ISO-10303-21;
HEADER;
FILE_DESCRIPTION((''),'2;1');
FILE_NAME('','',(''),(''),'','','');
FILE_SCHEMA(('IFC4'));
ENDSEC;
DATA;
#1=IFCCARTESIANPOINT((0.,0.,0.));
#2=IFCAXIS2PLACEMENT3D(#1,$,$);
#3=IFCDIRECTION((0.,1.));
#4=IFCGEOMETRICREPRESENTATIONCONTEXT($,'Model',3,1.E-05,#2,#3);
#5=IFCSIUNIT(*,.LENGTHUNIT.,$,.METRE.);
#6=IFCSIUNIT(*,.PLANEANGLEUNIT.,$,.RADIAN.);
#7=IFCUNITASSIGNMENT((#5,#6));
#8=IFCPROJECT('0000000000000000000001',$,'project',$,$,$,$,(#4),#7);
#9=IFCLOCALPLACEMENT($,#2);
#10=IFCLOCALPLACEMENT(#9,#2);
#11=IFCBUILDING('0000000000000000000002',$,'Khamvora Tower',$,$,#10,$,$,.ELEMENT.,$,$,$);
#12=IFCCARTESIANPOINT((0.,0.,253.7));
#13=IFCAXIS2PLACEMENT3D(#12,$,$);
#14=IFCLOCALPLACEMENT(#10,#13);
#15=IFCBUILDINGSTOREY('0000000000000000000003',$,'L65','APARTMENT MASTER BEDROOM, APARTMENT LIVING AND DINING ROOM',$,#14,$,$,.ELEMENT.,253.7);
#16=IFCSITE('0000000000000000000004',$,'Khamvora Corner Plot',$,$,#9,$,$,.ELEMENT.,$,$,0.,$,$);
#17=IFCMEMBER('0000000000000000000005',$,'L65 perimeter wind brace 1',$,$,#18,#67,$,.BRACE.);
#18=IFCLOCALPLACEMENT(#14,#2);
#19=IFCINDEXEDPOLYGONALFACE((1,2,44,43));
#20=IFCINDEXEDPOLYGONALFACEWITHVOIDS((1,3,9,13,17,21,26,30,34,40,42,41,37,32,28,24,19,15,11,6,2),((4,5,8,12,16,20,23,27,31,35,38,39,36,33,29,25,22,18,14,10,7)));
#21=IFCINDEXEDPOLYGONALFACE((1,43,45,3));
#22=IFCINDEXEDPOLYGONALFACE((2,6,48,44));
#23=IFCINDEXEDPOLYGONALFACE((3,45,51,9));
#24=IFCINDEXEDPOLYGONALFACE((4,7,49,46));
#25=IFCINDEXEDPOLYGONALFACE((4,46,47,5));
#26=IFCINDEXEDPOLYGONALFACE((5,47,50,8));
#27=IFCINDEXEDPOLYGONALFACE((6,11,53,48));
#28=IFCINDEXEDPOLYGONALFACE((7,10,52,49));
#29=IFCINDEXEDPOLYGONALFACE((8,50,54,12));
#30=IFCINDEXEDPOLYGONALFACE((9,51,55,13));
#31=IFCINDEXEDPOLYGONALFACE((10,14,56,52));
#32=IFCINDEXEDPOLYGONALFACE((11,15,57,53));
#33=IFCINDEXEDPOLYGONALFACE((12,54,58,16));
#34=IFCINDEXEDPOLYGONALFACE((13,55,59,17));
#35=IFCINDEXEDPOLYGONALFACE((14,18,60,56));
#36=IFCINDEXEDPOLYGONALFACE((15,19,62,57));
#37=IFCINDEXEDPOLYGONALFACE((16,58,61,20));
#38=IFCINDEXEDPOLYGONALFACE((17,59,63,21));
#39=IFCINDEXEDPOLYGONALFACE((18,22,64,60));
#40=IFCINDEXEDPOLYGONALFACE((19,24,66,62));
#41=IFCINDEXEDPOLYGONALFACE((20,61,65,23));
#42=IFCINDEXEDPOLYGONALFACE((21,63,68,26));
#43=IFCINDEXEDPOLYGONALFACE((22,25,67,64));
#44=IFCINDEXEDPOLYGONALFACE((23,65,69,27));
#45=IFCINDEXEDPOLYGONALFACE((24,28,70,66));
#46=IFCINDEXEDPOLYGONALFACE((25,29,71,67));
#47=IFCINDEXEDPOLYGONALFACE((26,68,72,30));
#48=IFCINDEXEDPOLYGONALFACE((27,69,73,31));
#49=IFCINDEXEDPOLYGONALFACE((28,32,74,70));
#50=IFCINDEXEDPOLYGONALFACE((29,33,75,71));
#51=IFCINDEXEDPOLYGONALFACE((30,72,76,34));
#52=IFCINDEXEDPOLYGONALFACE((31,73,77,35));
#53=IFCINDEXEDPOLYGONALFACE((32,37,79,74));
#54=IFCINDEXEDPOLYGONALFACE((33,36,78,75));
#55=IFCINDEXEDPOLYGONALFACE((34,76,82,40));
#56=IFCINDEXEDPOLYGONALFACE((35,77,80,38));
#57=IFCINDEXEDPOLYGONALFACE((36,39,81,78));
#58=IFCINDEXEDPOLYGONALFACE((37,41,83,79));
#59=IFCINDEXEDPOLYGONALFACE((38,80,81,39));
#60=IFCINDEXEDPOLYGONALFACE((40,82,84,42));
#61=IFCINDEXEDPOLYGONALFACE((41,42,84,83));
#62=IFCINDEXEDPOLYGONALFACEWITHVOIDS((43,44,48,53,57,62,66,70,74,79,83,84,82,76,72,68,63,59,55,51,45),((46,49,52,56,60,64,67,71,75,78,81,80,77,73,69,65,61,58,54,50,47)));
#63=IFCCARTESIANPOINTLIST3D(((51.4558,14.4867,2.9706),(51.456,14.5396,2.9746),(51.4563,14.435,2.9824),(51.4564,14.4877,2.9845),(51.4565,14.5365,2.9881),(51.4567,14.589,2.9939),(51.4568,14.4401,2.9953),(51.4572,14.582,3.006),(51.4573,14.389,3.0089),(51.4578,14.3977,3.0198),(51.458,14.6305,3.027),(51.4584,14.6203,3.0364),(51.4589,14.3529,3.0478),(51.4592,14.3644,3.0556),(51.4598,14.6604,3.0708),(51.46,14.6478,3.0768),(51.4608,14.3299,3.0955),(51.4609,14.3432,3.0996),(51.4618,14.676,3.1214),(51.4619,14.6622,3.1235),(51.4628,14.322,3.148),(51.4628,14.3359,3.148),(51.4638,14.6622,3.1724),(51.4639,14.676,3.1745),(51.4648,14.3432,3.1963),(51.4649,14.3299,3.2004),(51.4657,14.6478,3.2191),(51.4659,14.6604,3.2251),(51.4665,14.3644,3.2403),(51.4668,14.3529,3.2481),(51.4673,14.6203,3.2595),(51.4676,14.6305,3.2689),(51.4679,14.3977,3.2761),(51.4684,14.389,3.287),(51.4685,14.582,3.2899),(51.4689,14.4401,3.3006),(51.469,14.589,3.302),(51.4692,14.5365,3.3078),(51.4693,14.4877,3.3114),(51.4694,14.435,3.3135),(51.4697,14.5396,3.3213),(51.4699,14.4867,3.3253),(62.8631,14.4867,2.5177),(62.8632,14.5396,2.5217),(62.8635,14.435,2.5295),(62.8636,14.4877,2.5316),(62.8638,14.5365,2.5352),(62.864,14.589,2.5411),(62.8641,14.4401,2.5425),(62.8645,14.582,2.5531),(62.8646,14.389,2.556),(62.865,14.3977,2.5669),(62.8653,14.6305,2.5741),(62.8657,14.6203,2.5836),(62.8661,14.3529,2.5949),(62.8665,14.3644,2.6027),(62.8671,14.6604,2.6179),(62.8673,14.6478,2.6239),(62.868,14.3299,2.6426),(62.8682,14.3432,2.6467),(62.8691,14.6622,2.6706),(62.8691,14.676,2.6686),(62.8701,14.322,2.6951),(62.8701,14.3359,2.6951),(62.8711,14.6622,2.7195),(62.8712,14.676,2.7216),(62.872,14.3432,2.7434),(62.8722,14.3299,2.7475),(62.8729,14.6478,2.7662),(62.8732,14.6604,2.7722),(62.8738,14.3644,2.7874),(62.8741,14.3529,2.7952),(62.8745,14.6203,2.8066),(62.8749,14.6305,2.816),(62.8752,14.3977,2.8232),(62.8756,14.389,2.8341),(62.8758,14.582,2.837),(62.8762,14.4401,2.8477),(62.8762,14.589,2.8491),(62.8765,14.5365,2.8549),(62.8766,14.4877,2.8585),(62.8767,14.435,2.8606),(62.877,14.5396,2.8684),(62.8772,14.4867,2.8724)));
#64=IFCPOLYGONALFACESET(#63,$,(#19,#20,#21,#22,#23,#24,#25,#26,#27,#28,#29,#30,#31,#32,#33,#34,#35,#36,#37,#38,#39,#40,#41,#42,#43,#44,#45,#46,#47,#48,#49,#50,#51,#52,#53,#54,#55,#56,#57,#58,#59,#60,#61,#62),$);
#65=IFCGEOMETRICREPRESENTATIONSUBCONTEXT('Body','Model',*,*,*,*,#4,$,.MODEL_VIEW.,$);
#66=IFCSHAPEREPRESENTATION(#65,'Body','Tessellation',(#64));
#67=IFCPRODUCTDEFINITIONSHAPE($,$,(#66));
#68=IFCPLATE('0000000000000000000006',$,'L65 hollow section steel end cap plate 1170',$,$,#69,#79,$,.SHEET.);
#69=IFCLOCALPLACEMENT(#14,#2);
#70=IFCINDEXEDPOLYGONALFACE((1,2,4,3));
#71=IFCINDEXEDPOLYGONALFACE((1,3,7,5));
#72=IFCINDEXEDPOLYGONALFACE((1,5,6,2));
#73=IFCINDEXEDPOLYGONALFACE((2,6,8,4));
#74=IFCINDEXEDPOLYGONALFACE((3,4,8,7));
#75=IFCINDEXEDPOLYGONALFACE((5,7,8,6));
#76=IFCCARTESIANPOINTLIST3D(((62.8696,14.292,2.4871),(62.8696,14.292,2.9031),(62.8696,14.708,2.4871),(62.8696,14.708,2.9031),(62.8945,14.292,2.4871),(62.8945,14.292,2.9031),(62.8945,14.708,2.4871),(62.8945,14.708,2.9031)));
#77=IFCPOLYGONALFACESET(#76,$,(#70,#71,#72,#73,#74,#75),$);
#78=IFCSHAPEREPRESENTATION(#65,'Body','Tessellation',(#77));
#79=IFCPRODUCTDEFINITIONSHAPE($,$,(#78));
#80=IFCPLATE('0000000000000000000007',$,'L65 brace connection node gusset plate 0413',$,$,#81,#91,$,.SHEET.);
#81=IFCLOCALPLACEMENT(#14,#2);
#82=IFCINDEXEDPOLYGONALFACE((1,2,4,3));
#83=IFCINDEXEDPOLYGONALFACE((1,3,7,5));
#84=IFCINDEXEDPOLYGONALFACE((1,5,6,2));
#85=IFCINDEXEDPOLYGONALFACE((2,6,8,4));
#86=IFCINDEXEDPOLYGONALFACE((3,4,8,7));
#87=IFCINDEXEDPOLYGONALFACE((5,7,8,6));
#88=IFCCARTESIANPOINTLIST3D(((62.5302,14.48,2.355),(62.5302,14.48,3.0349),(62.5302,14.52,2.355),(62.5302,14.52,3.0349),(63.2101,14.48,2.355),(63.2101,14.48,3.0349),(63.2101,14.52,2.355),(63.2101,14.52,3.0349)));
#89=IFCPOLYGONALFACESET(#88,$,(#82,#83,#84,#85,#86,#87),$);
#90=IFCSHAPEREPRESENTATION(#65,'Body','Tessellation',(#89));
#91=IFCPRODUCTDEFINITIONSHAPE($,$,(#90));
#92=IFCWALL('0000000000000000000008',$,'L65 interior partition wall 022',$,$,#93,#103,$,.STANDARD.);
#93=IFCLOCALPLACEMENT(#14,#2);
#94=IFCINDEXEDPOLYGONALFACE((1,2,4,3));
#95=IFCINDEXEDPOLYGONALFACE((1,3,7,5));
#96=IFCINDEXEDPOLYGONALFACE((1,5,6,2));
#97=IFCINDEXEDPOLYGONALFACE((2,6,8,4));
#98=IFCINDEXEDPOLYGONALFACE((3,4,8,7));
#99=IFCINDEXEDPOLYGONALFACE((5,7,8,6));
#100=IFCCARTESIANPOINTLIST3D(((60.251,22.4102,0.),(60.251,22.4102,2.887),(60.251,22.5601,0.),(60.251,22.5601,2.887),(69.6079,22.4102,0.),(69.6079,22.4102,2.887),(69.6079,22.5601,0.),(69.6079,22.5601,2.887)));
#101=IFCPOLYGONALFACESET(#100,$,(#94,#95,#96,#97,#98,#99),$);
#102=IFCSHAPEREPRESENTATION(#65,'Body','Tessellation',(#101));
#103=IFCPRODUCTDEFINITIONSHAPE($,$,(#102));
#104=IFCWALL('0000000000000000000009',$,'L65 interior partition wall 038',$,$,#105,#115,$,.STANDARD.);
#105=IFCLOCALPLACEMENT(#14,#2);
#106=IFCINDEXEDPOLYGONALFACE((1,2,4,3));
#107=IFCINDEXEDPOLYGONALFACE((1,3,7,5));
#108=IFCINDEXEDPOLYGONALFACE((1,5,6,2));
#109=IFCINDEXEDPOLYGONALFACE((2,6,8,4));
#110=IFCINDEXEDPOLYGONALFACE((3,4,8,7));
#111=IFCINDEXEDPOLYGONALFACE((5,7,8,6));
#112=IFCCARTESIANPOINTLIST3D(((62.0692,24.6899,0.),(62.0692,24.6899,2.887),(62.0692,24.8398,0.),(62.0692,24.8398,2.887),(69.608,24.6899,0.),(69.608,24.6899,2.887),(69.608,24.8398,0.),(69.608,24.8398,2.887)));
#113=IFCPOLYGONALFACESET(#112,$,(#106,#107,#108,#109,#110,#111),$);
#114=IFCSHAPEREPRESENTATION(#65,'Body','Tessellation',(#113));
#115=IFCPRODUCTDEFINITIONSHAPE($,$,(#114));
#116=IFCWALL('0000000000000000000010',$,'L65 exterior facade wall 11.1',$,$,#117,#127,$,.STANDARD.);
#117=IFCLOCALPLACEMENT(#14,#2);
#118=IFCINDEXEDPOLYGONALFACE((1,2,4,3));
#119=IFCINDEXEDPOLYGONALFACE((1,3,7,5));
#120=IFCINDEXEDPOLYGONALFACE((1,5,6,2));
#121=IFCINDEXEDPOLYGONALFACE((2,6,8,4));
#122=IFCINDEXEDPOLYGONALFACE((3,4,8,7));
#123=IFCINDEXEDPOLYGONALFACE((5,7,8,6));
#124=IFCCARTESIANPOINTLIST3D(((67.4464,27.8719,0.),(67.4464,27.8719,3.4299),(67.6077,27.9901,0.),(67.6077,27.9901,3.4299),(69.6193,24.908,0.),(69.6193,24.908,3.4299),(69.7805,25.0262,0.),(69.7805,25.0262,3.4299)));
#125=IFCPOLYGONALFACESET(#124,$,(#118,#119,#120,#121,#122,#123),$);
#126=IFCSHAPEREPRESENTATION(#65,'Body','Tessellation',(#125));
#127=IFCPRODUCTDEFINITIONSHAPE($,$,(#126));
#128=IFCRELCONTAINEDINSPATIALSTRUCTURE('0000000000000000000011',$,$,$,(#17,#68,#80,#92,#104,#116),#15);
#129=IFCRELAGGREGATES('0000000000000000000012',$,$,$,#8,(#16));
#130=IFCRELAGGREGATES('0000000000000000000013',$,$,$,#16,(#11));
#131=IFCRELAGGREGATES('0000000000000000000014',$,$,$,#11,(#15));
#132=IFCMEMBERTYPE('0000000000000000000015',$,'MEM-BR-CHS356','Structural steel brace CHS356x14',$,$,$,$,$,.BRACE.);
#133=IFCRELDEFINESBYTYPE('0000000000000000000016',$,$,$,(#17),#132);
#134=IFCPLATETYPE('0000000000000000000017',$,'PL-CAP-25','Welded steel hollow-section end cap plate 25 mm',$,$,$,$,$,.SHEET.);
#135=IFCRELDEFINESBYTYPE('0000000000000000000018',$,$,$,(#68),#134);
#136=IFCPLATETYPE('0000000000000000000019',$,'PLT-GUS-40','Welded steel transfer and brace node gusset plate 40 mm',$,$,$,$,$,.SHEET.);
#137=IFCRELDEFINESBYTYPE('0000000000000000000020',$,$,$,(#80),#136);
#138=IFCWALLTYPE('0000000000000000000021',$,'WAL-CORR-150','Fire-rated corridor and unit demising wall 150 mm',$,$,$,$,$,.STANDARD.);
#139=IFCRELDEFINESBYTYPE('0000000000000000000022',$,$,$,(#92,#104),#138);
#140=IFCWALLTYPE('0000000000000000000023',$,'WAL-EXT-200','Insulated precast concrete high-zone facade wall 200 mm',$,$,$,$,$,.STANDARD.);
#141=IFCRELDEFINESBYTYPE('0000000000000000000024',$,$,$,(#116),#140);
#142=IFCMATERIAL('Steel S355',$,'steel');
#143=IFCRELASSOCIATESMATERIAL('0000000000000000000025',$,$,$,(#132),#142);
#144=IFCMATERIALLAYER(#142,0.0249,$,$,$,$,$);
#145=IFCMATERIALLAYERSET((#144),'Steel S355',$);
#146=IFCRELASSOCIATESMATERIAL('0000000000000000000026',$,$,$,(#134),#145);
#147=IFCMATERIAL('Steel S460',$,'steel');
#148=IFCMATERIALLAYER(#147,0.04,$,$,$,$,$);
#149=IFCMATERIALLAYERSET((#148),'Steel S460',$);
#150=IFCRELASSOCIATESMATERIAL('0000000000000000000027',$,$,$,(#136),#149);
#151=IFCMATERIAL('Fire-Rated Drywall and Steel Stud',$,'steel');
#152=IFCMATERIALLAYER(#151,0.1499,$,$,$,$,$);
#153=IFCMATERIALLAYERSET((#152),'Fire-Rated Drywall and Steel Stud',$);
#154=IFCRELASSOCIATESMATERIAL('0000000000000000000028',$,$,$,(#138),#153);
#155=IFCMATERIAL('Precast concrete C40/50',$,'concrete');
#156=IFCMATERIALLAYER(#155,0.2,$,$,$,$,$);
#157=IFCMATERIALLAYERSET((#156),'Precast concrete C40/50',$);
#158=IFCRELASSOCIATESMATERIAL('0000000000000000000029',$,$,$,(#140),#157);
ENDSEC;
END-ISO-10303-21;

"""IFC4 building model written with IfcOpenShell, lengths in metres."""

from ifc_helpers import new_model, si_unit, direction, frame, frame_2d, origin, origin_2d, place, context, subcontext, project, spatial, rectangle, hollow_circle, extrude, material, layer, layer_set, material_profile, profile_set, type_object, element, save


model = new_model("IFC4")

# Units and contexts
model_context = context("Model", 3, precision=1e-05, world=origin(), true_north=direction((0.0, 1.0)))
body_context = subcontext(model_context, "Body", "Model", "MODEL_VIEW")
ifc_project = project(units=[si_unit("LENGTHUNIT", "METRE"), si_unit("PLANEANGLEUNIT", "RADIAN")], contexts=[model_context])

# Site, building, storey
site_placement = place(None, origin())
site = spatial("IfcSite", under=ifc_project, at=site_placement, Name="Khamvora Corner Plot", CompositionType="ELEMENT", RefElevation=0.0)
building_placement = place(site_placement, origin())
building = spatial("IfcBuilding", under=site, at=building_placement, Name="Khamvora Tower", CompositionType="ELEMENT")
storey_placement = place(building_placement, frame((0.0, 0.0, 253.7)))
storey = spatial("IfcBuildingStorey", under=building, at=storey_placement, Name="L65", Description="APARTMENT MASTER BEDROOM, APARTMENT LIVING AND DINING ROOM", CompositionType="ELEMENT", Elevation=253.7)

# Shared definitions
ifc_material_1 = material(Name="Steel S355", Category="steel")

# Member
ifc_material_profile_1 = material_profile(ifc_material_1, hollow_circle(Radius=0.178, WallThickness=0.0139, at=origin_2d()), Name="CHS356x14")
ifc_profile_set_1 = profile_set([ifc_material_profile_1], Name="Steel S355")
member_type = type_object("IfcMemberType", Name="MEM-BR-CHS356", Description="Structural steel brace CHS356x14", PredefinedType="BRACE", material=ifc_profile_set_1)
member_placement = place(storey_placement, frame((62.8701, 14.5, 2.6951), z_axis=(-0.999213, 0.0, 0.03967), x_axis=(0.0, -1.0, 0.0)))
element("IfcMember", 1, at=member_placement, inside=storey, type_object=member_type, Name="L65 perimeter wind brace 1", PredefinedType="BRACE", context=body_context, shape_type="SweptSolid", body=[
    extrude(hollow_circle(Radius=0.178, WallThickness=0.0139, at=origin_2d()), origin(), (0.0, 0.0, 1.0), 11.4163),
])

# Plates
ifc_layer_1 = layer(ifc_material_1, 0.0249)
ifc_layer_set_1 = layer_set([ifc_layer_1], Name="Steel S355")
plate_type_1 = type_object("IfcPlateType", Name="PL-CAP-25", Description="Welded steel hollow-section end cap plate 25 mm", PredefinedType="SHEET", material=ifc_layer_set_1)
plate_1_placement = place(storey_placement, frame((62.8821, 14.5, 2.4871), z_axis=(0.0, 0.0, 1.0), x_axis=(-1.0, 0.0, 0.0)))
element("IfcPlate", 2, at=plate_1_placement, inside=storey, type_object=plate_type_1, Name="L65 hollow section steel end cap plate 1170", PredefinedType="SHEET", context=body_context, shape_type="SweptSolid", body=[
    extrude(rectangle(XDim=0.0249, YDim=0.416, at=origin_2d()), origin(), (0.0, 0.0, 1.0), 0.416),
])
ifc_material_2 = material(Name="Steel S460", Category="steel")
ifc_layer_2 = layer(ifc_material_2, 0.04)
ifc_layer_set_2 = layer_set([ifc_layer_2], Name="Steel S460")
plate_type_2 = type_object("IfcPlateType", Name="PLT-GUS-40", Description="Welded steel transfer and brace node gusset plate 40 mm", PredefinedType="SHEET", material=ifc_layer_set_2)
plate_2_placement = place(storey_placement, frame((62.8701, 14.5, 2.355), z_axis=(0.0, 0.0, 1.0), x_axis=(1.0, 0.0, 0.0)))
element("IfcPlate", 3, at=plate_2_placement, inside=storey, type_object=plate_type_2, Name="L65 brace connection node gusset plate 0413", PredefinedType="SHEET", context=body_context, shape_type="SweptSolid", body=[
    extrude(rectangle(XDim=0.6799, YDim=0.04, at=origin_2d()), origin(), (0.0, 0.0, 1.0), 0.6799),
])

# Walls
ifc_material_3 = material(Name="Fire-Rated Drywall and Steel Stud", Category="steel")
ifc_layer_3 = layer(ifc_material_3, 0.1499)
ifc_layer_set_3 = layer_set([ifc_layer_3], Name="Fire-Rated Drywall and Steel Stud")
wall_type_1 = type_object("IfcWallType", Name="WAL-CORR-150", Description="Fire-rated corridor and unit demising wall 150 mm", PredefinedType="STANDARD", material=ifc_layer_set_3)
wall_1_placement = place(storey_placement, frame((69.6079, 22.4851, 0.0), z_axis=(0.0, 0.0, 1.0), x_axis=(-1.0, 0.0, 0.0)))
element("IfcWall", 4, at=wall_1_placement, inside=storey, type_object=wall_type_1, Name="L65 interior partition wall 022", PredefinedType="STANDARD", context=body_context, shape_type="SweptSolid", body=[
    extrude(rectangle(XDim=9.3569, YDim=0.1499, at=frame_2d((4.6785, 0.0))), origin(), (0.0, 0.0, 1.0), 2.887),
])
wall_2_placement = place(storey_placement, frame((62.0691, 24.7649, 0.0), z_axis=(0.0, 0.0, 1.0), x_axis=(1.0, 0.0, 0.0)))
element("IfcWall", 5, at=wall_2_placement, inside=storey, type_object=wall_type_1, Name="L65 interior partition wall 038", PredefinedType="STANDARD", context=body_context, shape_type="SweptSolid", body=[
    extrude(rectangle(XDim=7.5388, YDim=0.1499, at=frame_2d((3.7695, 0.0))), origin(), (0.0, 0.0, 1.0), 2.887),
])
ifc_material_4 = material(Name="Precast concrete C40/50", Category="concrete")
ifc_layer_4 = layer(ifc_material_4, 0.2)
ifc_layer_set_4 = layer_set([ifc_layer_4], Name="Precast concrete C40/50")
wall_type_2 = type_object("IfcWallType", Name="WAL-EXT-200", Description="Insulated precast concrete high-zone facade wall 200 mm", PredefinedType="STANDARD", material=ifc_layer_set_4)
wall_3_placement = place(storey_placement, frame((67.5271, 27.9309, 0.0), z_axis=(0.0, 0.0, 1.0), x_axis=(0.591248, -0.806489, 0.0)))
element("IfcWall", 6, at=wall_3_placement, inside=storey, type_object=wall_type_2, Name="L65 exterior facade wall 11.1", PredefinedType="STANDARD", context=body_context, shape_type="SweptSolid", body=[
    extrude(rectangle(XDim=3.675, YDim=0.2, at=frame_2d((1.8374, 0.0))), origin(), (0.0, 0.0, 1.0), 3.4299),
])

save(model, "model.ifc")
